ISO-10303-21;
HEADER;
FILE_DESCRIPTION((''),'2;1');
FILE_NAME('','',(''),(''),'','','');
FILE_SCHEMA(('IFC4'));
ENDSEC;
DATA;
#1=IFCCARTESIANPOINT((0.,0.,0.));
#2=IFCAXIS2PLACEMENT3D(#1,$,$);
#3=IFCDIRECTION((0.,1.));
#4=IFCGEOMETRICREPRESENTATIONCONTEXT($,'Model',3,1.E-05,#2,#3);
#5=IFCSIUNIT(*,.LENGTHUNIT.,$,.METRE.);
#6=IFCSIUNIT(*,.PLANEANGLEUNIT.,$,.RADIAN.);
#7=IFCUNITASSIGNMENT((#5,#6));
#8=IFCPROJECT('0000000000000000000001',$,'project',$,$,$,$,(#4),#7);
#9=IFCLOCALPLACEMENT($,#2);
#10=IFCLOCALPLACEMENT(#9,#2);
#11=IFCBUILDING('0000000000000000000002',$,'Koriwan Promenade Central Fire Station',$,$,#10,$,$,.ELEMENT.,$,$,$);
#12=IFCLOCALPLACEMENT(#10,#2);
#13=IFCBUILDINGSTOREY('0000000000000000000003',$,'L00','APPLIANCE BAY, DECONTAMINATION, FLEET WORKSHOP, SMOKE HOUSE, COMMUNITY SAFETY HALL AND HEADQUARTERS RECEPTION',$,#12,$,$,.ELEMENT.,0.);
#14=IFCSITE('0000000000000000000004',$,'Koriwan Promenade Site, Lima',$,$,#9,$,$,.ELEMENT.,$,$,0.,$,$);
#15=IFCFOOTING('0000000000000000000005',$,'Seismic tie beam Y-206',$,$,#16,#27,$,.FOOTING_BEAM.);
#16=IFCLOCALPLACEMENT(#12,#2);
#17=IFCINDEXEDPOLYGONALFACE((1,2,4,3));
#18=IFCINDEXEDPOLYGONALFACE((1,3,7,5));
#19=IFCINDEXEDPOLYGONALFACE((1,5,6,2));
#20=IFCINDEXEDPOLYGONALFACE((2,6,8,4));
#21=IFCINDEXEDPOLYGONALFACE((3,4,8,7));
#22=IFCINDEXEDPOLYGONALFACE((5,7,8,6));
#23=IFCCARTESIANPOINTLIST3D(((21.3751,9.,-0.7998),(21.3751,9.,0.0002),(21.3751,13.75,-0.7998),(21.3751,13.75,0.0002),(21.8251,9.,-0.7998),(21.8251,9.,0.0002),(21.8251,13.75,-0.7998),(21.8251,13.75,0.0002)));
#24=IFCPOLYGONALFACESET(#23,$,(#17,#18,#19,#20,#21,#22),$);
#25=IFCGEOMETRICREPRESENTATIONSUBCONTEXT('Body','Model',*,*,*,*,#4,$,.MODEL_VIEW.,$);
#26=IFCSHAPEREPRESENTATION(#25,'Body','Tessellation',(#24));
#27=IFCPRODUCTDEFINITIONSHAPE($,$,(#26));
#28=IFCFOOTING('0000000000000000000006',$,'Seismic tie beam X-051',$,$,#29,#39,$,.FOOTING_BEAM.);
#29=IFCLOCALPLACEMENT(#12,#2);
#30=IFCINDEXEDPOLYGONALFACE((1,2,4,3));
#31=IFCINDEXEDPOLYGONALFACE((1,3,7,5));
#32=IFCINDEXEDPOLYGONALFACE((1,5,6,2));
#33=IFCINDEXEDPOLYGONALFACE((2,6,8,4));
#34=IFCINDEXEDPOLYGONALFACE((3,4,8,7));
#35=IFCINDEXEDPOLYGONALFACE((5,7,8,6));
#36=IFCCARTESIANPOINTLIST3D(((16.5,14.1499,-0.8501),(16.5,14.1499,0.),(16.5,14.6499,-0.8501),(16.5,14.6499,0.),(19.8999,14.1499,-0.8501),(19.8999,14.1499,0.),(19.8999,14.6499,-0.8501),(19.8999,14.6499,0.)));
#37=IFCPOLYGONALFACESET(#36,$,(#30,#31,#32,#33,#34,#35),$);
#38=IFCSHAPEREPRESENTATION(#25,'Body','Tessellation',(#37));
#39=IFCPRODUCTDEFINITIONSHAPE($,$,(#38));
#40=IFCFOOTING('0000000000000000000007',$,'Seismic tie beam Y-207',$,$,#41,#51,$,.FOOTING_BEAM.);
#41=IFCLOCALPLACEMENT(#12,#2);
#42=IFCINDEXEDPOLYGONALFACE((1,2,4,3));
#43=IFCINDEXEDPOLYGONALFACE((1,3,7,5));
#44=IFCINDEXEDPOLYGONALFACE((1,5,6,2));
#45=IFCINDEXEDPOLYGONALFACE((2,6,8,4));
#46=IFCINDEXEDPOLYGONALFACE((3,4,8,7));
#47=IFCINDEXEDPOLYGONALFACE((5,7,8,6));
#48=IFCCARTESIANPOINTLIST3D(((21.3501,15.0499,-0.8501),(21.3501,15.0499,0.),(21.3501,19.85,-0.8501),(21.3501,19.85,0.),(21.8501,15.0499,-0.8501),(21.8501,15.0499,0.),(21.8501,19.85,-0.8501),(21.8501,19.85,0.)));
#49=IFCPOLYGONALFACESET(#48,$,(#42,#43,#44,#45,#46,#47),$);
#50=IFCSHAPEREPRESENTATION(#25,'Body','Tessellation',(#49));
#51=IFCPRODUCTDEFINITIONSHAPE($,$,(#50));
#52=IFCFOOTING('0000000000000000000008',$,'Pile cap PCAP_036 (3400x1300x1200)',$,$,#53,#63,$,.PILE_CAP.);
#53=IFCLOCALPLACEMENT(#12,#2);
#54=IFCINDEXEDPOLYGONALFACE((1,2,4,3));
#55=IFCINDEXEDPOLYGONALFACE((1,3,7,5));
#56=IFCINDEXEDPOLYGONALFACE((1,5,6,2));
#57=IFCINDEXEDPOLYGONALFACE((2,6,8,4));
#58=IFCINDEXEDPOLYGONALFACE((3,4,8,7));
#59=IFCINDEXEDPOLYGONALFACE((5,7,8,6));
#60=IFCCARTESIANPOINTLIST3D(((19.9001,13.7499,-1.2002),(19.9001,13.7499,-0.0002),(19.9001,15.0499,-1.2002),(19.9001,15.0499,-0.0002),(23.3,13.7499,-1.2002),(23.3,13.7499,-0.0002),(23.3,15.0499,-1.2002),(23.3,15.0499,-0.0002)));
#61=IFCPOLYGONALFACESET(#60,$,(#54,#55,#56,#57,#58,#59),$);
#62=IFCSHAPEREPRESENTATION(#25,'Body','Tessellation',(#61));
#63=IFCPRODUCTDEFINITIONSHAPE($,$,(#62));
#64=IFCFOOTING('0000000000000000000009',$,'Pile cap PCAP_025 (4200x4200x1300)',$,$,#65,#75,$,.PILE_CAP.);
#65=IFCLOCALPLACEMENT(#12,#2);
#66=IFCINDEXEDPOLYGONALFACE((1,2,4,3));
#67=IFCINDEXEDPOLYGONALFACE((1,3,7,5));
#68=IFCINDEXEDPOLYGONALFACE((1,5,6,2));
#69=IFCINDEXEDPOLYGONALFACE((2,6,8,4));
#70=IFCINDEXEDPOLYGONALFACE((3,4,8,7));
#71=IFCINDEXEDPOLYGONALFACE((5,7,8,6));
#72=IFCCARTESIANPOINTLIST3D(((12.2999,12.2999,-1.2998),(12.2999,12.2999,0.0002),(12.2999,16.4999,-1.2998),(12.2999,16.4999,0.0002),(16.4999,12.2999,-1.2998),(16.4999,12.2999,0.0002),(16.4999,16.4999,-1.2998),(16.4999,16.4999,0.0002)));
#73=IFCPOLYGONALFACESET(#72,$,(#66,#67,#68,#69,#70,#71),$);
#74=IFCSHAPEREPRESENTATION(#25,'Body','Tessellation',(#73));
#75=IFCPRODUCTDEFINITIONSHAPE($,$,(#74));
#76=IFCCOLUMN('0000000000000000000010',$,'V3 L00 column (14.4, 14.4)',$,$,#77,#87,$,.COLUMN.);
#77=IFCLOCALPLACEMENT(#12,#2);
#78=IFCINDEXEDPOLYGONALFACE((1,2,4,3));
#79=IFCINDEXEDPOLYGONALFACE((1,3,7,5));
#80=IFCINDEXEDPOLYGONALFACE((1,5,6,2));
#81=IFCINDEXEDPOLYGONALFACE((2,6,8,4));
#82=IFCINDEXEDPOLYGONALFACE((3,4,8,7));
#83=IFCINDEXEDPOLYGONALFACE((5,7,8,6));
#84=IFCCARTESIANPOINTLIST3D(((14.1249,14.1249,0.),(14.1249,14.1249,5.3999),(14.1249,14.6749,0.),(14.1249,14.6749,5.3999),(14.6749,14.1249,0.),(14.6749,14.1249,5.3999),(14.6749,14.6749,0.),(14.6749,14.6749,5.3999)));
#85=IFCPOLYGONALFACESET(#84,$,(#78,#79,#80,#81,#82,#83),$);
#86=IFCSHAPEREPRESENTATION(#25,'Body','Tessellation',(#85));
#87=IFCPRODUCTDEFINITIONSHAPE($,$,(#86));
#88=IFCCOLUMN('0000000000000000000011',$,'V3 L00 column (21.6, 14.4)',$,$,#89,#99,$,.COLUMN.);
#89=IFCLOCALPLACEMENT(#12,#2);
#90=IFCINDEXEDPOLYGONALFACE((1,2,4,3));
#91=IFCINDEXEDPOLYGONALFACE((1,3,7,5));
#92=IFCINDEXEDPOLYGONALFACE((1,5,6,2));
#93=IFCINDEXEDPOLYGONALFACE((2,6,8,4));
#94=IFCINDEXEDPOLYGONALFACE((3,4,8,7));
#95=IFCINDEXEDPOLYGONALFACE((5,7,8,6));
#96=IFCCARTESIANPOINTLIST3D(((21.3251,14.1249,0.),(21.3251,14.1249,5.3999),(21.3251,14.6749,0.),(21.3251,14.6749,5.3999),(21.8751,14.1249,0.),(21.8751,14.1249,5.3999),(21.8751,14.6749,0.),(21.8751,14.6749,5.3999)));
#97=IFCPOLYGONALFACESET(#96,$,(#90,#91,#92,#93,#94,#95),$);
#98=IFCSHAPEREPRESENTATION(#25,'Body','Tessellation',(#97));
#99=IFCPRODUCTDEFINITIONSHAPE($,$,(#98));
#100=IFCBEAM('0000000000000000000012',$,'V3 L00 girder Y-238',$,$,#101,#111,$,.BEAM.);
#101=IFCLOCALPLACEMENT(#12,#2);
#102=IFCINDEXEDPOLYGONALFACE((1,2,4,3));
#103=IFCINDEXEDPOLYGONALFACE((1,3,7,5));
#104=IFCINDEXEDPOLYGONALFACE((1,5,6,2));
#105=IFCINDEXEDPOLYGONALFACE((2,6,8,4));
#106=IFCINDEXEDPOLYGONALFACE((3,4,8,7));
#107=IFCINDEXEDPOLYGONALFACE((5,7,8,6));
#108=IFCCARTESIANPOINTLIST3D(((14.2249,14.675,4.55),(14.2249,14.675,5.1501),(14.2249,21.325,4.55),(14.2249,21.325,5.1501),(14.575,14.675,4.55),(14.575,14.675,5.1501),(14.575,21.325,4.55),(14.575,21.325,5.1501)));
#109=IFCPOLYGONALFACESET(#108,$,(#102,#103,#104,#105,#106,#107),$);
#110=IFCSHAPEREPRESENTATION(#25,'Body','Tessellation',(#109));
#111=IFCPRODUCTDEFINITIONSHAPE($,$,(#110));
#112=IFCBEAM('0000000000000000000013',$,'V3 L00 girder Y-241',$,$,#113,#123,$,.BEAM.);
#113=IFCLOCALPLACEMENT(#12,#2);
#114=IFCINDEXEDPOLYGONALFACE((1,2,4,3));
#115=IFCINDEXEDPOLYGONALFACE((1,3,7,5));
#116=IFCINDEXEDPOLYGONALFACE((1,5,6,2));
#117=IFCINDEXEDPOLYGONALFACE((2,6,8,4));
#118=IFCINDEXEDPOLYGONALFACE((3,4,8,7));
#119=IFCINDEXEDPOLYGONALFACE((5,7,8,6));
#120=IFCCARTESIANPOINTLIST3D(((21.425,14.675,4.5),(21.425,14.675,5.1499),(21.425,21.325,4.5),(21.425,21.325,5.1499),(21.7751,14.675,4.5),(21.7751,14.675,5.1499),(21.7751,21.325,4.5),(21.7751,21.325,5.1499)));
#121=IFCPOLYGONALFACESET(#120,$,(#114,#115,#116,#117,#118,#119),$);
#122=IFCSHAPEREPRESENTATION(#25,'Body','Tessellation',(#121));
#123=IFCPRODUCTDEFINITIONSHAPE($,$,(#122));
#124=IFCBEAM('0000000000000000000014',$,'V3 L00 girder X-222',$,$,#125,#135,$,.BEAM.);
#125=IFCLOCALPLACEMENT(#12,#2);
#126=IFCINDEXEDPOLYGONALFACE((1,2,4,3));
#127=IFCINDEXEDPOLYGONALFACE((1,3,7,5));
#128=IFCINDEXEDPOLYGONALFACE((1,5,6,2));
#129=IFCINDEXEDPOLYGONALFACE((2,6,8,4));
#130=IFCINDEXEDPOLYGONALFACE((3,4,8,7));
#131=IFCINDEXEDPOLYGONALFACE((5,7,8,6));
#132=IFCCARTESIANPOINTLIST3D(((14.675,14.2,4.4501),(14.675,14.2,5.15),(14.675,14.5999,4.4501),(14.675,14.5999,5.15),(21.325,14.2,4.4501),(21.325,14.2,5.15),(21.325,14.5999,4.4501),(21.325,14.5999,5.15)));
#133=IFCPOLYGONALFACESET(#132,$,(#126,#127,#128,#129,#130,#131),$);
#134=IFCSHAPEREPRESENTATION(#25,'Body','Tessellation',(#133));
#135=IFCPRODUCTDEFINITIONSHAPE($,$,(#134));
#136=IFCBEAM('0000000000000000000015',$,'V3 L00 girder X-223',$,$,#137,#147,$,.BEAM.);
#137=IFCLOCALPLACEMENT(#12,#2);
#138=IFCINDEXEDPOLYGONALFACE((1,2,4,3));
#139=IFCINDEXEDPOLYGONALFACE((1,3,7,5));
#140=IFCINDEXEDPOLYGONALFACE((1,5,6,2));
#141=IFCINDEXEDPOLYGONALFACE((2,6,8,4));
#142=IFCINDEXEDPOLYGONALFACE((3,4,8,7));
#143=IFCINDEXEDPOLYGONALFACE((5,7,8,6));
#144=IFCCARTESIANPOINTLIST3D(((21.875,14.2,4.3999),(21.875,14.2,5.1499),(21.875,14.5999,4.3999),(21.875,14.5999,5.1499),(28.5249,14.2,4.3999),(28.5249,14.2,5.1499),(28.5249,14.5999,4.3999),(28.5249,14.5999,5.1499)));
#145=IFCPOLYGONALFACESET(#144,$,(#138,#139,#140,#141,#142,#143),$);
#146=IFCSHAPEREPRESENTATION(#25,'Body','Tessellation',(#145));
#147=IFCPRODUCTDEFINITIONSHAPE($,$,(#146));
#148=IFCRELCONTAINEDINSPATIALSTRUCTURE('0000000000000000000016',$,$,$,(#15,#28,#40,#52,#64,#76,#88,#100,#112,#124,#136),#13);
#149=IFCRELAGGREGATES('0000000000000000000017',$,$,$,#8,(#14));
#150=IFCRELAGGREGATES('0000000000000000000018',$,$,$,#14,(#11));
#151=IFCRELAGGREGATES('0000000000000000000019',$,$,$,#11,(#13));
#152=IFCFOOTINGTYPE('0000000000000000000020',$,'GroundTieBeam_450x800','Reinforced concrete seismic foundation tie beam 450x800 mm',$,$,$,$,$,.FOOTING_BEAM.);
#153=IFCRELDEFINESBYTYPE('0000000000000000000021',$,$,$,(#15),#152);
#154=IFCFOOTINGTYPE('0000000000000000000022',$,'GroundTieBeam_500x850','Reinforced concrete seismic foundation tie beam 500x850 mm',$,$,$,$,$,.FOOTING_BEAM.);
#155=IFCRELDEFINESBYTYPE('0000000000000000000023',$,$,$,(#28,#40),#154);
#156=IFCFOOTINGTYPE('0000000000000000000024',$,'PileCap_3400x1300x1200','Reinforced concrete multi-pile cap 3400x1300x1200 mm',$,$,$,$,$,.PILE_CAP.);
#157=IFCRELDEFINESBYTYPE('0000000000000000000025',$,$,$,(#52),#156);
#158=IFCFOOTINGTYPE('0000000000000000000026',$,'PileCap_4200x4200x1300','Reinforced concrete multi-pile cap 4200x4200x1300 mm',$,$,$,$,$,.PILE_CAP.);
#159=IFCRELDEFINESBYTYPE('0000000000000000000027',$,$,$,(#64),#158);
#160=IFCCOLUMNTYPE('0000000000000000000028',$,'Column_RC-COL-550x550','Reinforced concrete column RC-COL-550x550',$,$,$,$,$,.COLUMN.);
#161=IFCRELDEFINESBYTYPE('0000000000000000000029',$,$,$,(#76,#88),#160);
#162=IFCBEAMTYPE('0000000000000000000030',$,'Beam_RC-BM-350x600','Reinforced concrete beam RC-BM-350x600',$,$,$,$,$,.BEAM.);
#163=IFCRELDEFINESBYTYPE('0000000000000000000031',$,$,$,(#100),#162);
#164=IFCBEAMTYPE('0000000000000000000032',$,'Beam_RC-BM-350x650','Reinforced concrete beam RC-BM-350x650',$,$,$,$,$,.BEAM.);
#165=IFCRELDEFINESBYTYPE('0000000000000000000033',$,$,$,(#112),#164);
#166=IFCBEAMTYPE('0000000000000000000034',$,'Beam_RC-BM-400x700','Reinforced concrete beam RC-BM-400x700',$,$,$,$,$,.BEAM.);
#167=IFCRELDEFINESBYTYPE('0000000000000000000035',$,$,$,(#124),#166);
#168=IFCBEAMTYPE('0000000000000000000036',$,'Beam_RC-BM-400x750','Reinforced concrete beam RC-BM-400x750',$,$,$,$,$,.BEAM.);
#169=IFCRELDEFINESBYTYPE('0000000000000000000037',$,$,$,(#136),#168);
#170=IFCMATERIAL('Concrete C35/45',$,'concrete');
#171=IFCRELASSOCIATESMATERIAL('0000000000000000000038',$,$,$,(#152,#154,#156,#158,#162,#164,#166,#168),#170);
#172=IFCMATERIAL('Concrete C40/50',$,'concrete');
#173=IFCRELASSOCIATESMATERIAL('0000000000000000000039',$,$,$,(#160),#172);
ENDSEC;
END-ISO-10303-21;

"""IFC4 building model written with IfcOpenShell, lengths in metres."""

from ifc_helpers import new_model, si_unit, direction, frame, origin, origin_2d, place, context, subcontext, project, spatial, rectangle, extrude, material, material_profile, profile_set, type_object, element, save


model = new_model("IFC4")

# Units and contexts
model_context = context("Model", 3, precision=1e-05, world=origin(), true_north=direction((0.0, 1.0)))
body_context = subcontext(model_context, "Body", "Model", "MODEL_VIEW")
ifc_project = project(units=[si_unit("LENGTHUNIT", "METRE"), si_unit("PLANEANGLEUNIT", "RADIAN")], contexts=[model_context])

# Site, building, storey
site_placement = place(None, origin())
site = spatial("IfcSite", under=ifc_project, at=site_placement, Name="Koriwan Promenade Site, Lima", CompositionType="ELEMENT", RefElevation=0.0)
building_placement = place(site_placement, origin())
building = spatial("IfcBuilding", under=site, at=building_placement, Name="Koriwan Promenade Central Fire Station", CompositionType="ELEMENT")
storey_placement = place(building_placement, origin())
storey = spatial("IfcBuildingStorey", under=building, at=storey_placement, Name="L00", Description="APPLIANCE BAY, DECONTAMINATION, FLEET WORKSHOP, SMOKE HOUSE, COMMUNITY SAFETY HALL AND HEADQUARTERS RECEPTION", CompositionType="ELEMENT", Elevation=0.0)

# Shared definitions
ifc_material_1 = material(Name="Concrete C35/45", Category="concrete")

# Footings
footing_type_1 = type_object("IfcFootingType", Name="GroundTieBeam_450x800", Description="Reinforced concrete seismic foundation tie beam 450x800 mm", PredefinedType="FOOTING_BEAM", material=ifc_material_1)
footing_1_placement = place(storey_placement, frame((21.6001, 11.375, -0.7998), z_axis=(0.0, 0.0, 1.0), x_axis=(0.0, 1.0, 0.0)))
element("IfcFooting", 1, at=footing_1_placement, inside=storey, type_object=footing_type_1, Name="Seismic tie beam Y-206", PredefinedType="FOOTING_BEAM", context=body_context, shape_type="SweptSolid", body=[
    extrude(rectangle(XDim=4.75, YDim=0.45, at=origin_2d()), origin(), (0.0, 0.0, 1.0), 0.8),
])
footing_type_2 = type_object("IfcFootingType", Name="GroundTieBeam_500x850", Description="Reinforced concrete seismic foundation tie beam 500x850 mm", PredefinedType="FOOTING_BEAM", material=ifc_material_1)
footing_2_placement = place(storey_placement, frame((18.2, 14.3999, -0.8501), z_axis=(0.0, 0.0, 1.0), x_axis=(1.0, 0.0, 0.0)))
element("IfcFooting", 2, at=footing_2_placement, inside=storey, type_object=footing_type_2, Name="Seismic tie beam X-051", PredefinedType="FOOTING_BEAM", context=body_context, shape_type="SweptSolid", body=[
    extrude(rectangle(XDim=3.3999, YDim=0.5, at=origin_2d()), origin(), (0.0, 0.0, 1.0), 0.8501),
])
footing_3_placement = place(storey_placement, frame((21.6001, 17.45, -0.8501), z_axis=(0.0, 0.0, 1.0), x_axis=(0.0, 1.0, 0.0)))
element("IfcFooting", 3, at=footing_3_placement, inside=storey, type_object=footing_type_2, Name="Seismic tie beam Y-207", PredefinedType="FOOTING_BEAM", context=body_context, shape_type="SweptSolid", body=[
    extrude(rectangle(XDim=4.8, YDim=0.5, at=origin_2d()), origin(), (0.0, 0.0, 1.0), 0.8501),
])
footing_type_3 = type_object("IfcFootingType", Name="PileCap_3400x1300x1200", Description="Reinforced concrete multi-pile cap 3400x1300x1200 mm", PredefinedType="PILE_CAP", material=ifc_material_1)
footing_4_placement = place(storey_placement, frame((21.6001, 14.3999, -1.2002), z_axis=(0.0, 0.0, 1.0), x_axis=(1.0, 0.0, 0.0)))
element("IfcFooting", 4, at=footing_4_placement, inside=storey, type_object=footing_type_3, Name="Pile cap PCAP_036 (3400x1300x1200)", PredefinedType="PILE_CAP", context=body_context, shape_type="SweptSolid", body=[
    extrude(rectangle(XDim=3.3999, YDim=1.3, at=origin_2d()), origin(), (0.0, 0.0, 1.0), 1.2),
])
footing_type_4 = type_object("IfcFootingType", Name="PileCap_4200x4200x1300", Description="Reinforced concrete multi-pile cap 4200x4200x1300 mm", PredefinedType="PILE_CAP", material=ifc_material_1)
footing_5_placement = place(storey_placement, frame((14.3999, 14.3999, -1.2998), z_axis=(0.0, 0.0, 1.0), x_axis=(1.0, 0.0, 0.0)))
element("IfcFooting", 5, at=footing_5_placement, inside=storey, type_object=footing_type_4, Name="Pile cap PCAP_025 (4200x4200x1300)", PredefinedType="PILE_CAP", context=body_context, shape_type="SweptSolid", body=[
    extrude(rectangle(XDim=4.2, YDim=4.2, at=origin_2d()), origin(), (0.0, 0.0, 1.0), 1.3),
])

# Columns
ifc_material_2 = material(Name="Concrete C40/50", Category="concrete")
ifc_material_profile_1 = material_profile(ifc_material_2, rectangle(XDim=0.55, YDim=0.55, at=origin_2d()), Name="RC-COL-550x550")
ifc_profile_set_1 = profile_set([ifc_material_profile_1], Name="Concrete C40/50")
column_type = type_object("IfcColumnType", Name="Column_RC-COL-550x550", Description="Reinforced concrete column RC-COL-550x550", PredefinedType="COLUMN", material=ifc_profile_set_1)
for number, where, z_axis, x_axis, name in (
    (6, (14.3999, 14.3999, 0.0), (0.0, 0.0, 1.0), (1.0, 0.0, 0.0), "V3 L00 column (14.4, 14.4)"),
    (7, (21.6001, 14.3999, 0.0), (0.0, 0.0, 1.0), (1.0, 0.0, 0.0), "V3 L00 column (21.6, 14.4)"),
):
    element("IfcColumn", number, at=place(storey_placement, frame(where, z_axis=z_axis, x_axis=x_axis)), inside=storey, type_object=column_type, Name=name, PredefinedType="COLUMN", context=body_context, shape_type="SweptSolid", body=[
        extrude(rectangle(XDim=0.55, YDim=0.55, at=origin_2d()), origin(), (0.0, 0.0, 1.0), 5.3999),
    ])

# Beams
ifc_material_profile_2 = material_profile(ifc_material_1, rectangle(XDim=0.3501, YDim=0.6001, at=origin_2d()), Name="RC-BM-350x600")
ifc_profile_set_2 = profile_set([ifc_material_profile_2], Name="Concrete C35/45")
beam_type_1 = type_object("IfcBeamType", Name="Beam_RC-BM-350x600", Description="Reinforced concrete beam RC-BM-350x600", PredefinedType="BEAM", material=ifc_profile_set_2)
beam_1_placement = place(storey_placement, frame((14.3999, 14.675, 4.8501), z_axis=(0.0, 1.0, 0.0), x_axis=(-1.0, 0.0, 0.0)))
element("IfcBeam", 8, at=beam_1_placement, inside=storey, type_object=beam_type_1, Name="V3 L00 girder Y-238", PredefinedType="BEAM", context=body_context, shape_type="SweptSolid", body=[
    extrude(rectangle(XDim=0.3501, YDim=0.6001, at=origin_2d()), origin(), (0.0, 0.0, 1.0), 6.6499),
])
ifc_material_profile_3 = material_profile(ifc_material_1, rectangle(XDim=0.3501, YDim=0.6499, at=origin_2d()), Name="RC-BM-350x650")
ifc_profile_set_3 = profile_set([ifc_material_profile_3], Name="Concrete C35/45")
beam_type_2 = type_object("IfcBeamType", Name="Beam_RC-BM-350x650", Description="Reinforced concrete beam RC-BM-350x650", PredefinedType="BEAM", material=ifc_profile_set_3)
beam_2_placement = place(storey_placement, frame((21.6001, 14.675, 4.825), z_axis=(0.0, 1.0, 0.0), x_axis=(-1.0, 0.0, 0.0)))
element("IfcBeam", 9, at=beam_2_placement, inside=storey, type_object=beam_type_2, Name="V3 L00 girder Y-241", PredefinedType="BEAM", context=body_context, shape_type="SweptSolid", body=[
    extrude(rectangle(XDim=0.3501, YDim=0.6499, at=origin_2d()), origin(), (0.0, 0.0, 1.0), 6.6499),
])
ifc_material_profile_4 = material_profile(ifc_material_1, rectangle(XDim=0.3999, YDim=0.7, at=origin_2d()), Name="RC-BM-400x700")
ifc_profile_set_4 = profile_set([ifc_material_profile_4], Name="Concrete C35/45")
beam_type_3 = type_object("IfcBeamType", Name="Beam_RC-BM-400x700", Description="Reinforced concrete beam RC-BM-400x700", PredefinedType="BEAM", material=ifc_profile_set_4)
beam_3_placement = place(storey_placement, frame((14.675, 14.3999, 4.8), z_axis=(1.0, 0.0, 0.0), x_axis=(0.0, 1.0, 0.0)))
element("IfcBeam", 10, at=beam_3_placement, inside=storey, type_object=beam_type_3, Name="V3 L00 girder X-222", PredefinedType="BEAM", context=body_context, shape_type="SweptSolid", body=[
    extrude(rectangle(XDim=0.3999, YDim=0.7, at=origin_2d()), origin(), (0.0, 0.0, 1.0), 6.6499),
])
ifc_material_profile_5 = material_profile(ifc_material_1, rectangle(XDim=0.3999, YDim=0.75, at=origin_2d()), Name="RC-BM-400x750")
ifc_profile_set_5 = profile_set([ifc_material_profile_5], Name="Concrete C35/45")
beam_type_4 = type_object("IfcBeamType", Name="Beam_RC-BM-400x750", Description="Reinforced concrete beam RC-BM-400x750", PredefinedType="BEAM", material=ifc_profile_set_5)
beam_4_placement = place(storey_placement, frame((21.875, 14.3999, 4.7749), z_axis=(1.0, 0.0, 0.0), x_axis=(0.0, 1.0, 0.0)))
element("IfcBeam", 11, at=beam_4_placement, inside=storey, type_object=beam_type_4, Name="V3 L00 girder X-223", PredefinedType="BEAM", context=body_context, shape_type="SweptSolid", body=[
    extrude(rectangle(XDim=0.3999, YDim=0.75, at=origin_2d()), origin(), (0.0, 0.0, 1.0), 6.6499),
])

save(model, "model.ifc")
